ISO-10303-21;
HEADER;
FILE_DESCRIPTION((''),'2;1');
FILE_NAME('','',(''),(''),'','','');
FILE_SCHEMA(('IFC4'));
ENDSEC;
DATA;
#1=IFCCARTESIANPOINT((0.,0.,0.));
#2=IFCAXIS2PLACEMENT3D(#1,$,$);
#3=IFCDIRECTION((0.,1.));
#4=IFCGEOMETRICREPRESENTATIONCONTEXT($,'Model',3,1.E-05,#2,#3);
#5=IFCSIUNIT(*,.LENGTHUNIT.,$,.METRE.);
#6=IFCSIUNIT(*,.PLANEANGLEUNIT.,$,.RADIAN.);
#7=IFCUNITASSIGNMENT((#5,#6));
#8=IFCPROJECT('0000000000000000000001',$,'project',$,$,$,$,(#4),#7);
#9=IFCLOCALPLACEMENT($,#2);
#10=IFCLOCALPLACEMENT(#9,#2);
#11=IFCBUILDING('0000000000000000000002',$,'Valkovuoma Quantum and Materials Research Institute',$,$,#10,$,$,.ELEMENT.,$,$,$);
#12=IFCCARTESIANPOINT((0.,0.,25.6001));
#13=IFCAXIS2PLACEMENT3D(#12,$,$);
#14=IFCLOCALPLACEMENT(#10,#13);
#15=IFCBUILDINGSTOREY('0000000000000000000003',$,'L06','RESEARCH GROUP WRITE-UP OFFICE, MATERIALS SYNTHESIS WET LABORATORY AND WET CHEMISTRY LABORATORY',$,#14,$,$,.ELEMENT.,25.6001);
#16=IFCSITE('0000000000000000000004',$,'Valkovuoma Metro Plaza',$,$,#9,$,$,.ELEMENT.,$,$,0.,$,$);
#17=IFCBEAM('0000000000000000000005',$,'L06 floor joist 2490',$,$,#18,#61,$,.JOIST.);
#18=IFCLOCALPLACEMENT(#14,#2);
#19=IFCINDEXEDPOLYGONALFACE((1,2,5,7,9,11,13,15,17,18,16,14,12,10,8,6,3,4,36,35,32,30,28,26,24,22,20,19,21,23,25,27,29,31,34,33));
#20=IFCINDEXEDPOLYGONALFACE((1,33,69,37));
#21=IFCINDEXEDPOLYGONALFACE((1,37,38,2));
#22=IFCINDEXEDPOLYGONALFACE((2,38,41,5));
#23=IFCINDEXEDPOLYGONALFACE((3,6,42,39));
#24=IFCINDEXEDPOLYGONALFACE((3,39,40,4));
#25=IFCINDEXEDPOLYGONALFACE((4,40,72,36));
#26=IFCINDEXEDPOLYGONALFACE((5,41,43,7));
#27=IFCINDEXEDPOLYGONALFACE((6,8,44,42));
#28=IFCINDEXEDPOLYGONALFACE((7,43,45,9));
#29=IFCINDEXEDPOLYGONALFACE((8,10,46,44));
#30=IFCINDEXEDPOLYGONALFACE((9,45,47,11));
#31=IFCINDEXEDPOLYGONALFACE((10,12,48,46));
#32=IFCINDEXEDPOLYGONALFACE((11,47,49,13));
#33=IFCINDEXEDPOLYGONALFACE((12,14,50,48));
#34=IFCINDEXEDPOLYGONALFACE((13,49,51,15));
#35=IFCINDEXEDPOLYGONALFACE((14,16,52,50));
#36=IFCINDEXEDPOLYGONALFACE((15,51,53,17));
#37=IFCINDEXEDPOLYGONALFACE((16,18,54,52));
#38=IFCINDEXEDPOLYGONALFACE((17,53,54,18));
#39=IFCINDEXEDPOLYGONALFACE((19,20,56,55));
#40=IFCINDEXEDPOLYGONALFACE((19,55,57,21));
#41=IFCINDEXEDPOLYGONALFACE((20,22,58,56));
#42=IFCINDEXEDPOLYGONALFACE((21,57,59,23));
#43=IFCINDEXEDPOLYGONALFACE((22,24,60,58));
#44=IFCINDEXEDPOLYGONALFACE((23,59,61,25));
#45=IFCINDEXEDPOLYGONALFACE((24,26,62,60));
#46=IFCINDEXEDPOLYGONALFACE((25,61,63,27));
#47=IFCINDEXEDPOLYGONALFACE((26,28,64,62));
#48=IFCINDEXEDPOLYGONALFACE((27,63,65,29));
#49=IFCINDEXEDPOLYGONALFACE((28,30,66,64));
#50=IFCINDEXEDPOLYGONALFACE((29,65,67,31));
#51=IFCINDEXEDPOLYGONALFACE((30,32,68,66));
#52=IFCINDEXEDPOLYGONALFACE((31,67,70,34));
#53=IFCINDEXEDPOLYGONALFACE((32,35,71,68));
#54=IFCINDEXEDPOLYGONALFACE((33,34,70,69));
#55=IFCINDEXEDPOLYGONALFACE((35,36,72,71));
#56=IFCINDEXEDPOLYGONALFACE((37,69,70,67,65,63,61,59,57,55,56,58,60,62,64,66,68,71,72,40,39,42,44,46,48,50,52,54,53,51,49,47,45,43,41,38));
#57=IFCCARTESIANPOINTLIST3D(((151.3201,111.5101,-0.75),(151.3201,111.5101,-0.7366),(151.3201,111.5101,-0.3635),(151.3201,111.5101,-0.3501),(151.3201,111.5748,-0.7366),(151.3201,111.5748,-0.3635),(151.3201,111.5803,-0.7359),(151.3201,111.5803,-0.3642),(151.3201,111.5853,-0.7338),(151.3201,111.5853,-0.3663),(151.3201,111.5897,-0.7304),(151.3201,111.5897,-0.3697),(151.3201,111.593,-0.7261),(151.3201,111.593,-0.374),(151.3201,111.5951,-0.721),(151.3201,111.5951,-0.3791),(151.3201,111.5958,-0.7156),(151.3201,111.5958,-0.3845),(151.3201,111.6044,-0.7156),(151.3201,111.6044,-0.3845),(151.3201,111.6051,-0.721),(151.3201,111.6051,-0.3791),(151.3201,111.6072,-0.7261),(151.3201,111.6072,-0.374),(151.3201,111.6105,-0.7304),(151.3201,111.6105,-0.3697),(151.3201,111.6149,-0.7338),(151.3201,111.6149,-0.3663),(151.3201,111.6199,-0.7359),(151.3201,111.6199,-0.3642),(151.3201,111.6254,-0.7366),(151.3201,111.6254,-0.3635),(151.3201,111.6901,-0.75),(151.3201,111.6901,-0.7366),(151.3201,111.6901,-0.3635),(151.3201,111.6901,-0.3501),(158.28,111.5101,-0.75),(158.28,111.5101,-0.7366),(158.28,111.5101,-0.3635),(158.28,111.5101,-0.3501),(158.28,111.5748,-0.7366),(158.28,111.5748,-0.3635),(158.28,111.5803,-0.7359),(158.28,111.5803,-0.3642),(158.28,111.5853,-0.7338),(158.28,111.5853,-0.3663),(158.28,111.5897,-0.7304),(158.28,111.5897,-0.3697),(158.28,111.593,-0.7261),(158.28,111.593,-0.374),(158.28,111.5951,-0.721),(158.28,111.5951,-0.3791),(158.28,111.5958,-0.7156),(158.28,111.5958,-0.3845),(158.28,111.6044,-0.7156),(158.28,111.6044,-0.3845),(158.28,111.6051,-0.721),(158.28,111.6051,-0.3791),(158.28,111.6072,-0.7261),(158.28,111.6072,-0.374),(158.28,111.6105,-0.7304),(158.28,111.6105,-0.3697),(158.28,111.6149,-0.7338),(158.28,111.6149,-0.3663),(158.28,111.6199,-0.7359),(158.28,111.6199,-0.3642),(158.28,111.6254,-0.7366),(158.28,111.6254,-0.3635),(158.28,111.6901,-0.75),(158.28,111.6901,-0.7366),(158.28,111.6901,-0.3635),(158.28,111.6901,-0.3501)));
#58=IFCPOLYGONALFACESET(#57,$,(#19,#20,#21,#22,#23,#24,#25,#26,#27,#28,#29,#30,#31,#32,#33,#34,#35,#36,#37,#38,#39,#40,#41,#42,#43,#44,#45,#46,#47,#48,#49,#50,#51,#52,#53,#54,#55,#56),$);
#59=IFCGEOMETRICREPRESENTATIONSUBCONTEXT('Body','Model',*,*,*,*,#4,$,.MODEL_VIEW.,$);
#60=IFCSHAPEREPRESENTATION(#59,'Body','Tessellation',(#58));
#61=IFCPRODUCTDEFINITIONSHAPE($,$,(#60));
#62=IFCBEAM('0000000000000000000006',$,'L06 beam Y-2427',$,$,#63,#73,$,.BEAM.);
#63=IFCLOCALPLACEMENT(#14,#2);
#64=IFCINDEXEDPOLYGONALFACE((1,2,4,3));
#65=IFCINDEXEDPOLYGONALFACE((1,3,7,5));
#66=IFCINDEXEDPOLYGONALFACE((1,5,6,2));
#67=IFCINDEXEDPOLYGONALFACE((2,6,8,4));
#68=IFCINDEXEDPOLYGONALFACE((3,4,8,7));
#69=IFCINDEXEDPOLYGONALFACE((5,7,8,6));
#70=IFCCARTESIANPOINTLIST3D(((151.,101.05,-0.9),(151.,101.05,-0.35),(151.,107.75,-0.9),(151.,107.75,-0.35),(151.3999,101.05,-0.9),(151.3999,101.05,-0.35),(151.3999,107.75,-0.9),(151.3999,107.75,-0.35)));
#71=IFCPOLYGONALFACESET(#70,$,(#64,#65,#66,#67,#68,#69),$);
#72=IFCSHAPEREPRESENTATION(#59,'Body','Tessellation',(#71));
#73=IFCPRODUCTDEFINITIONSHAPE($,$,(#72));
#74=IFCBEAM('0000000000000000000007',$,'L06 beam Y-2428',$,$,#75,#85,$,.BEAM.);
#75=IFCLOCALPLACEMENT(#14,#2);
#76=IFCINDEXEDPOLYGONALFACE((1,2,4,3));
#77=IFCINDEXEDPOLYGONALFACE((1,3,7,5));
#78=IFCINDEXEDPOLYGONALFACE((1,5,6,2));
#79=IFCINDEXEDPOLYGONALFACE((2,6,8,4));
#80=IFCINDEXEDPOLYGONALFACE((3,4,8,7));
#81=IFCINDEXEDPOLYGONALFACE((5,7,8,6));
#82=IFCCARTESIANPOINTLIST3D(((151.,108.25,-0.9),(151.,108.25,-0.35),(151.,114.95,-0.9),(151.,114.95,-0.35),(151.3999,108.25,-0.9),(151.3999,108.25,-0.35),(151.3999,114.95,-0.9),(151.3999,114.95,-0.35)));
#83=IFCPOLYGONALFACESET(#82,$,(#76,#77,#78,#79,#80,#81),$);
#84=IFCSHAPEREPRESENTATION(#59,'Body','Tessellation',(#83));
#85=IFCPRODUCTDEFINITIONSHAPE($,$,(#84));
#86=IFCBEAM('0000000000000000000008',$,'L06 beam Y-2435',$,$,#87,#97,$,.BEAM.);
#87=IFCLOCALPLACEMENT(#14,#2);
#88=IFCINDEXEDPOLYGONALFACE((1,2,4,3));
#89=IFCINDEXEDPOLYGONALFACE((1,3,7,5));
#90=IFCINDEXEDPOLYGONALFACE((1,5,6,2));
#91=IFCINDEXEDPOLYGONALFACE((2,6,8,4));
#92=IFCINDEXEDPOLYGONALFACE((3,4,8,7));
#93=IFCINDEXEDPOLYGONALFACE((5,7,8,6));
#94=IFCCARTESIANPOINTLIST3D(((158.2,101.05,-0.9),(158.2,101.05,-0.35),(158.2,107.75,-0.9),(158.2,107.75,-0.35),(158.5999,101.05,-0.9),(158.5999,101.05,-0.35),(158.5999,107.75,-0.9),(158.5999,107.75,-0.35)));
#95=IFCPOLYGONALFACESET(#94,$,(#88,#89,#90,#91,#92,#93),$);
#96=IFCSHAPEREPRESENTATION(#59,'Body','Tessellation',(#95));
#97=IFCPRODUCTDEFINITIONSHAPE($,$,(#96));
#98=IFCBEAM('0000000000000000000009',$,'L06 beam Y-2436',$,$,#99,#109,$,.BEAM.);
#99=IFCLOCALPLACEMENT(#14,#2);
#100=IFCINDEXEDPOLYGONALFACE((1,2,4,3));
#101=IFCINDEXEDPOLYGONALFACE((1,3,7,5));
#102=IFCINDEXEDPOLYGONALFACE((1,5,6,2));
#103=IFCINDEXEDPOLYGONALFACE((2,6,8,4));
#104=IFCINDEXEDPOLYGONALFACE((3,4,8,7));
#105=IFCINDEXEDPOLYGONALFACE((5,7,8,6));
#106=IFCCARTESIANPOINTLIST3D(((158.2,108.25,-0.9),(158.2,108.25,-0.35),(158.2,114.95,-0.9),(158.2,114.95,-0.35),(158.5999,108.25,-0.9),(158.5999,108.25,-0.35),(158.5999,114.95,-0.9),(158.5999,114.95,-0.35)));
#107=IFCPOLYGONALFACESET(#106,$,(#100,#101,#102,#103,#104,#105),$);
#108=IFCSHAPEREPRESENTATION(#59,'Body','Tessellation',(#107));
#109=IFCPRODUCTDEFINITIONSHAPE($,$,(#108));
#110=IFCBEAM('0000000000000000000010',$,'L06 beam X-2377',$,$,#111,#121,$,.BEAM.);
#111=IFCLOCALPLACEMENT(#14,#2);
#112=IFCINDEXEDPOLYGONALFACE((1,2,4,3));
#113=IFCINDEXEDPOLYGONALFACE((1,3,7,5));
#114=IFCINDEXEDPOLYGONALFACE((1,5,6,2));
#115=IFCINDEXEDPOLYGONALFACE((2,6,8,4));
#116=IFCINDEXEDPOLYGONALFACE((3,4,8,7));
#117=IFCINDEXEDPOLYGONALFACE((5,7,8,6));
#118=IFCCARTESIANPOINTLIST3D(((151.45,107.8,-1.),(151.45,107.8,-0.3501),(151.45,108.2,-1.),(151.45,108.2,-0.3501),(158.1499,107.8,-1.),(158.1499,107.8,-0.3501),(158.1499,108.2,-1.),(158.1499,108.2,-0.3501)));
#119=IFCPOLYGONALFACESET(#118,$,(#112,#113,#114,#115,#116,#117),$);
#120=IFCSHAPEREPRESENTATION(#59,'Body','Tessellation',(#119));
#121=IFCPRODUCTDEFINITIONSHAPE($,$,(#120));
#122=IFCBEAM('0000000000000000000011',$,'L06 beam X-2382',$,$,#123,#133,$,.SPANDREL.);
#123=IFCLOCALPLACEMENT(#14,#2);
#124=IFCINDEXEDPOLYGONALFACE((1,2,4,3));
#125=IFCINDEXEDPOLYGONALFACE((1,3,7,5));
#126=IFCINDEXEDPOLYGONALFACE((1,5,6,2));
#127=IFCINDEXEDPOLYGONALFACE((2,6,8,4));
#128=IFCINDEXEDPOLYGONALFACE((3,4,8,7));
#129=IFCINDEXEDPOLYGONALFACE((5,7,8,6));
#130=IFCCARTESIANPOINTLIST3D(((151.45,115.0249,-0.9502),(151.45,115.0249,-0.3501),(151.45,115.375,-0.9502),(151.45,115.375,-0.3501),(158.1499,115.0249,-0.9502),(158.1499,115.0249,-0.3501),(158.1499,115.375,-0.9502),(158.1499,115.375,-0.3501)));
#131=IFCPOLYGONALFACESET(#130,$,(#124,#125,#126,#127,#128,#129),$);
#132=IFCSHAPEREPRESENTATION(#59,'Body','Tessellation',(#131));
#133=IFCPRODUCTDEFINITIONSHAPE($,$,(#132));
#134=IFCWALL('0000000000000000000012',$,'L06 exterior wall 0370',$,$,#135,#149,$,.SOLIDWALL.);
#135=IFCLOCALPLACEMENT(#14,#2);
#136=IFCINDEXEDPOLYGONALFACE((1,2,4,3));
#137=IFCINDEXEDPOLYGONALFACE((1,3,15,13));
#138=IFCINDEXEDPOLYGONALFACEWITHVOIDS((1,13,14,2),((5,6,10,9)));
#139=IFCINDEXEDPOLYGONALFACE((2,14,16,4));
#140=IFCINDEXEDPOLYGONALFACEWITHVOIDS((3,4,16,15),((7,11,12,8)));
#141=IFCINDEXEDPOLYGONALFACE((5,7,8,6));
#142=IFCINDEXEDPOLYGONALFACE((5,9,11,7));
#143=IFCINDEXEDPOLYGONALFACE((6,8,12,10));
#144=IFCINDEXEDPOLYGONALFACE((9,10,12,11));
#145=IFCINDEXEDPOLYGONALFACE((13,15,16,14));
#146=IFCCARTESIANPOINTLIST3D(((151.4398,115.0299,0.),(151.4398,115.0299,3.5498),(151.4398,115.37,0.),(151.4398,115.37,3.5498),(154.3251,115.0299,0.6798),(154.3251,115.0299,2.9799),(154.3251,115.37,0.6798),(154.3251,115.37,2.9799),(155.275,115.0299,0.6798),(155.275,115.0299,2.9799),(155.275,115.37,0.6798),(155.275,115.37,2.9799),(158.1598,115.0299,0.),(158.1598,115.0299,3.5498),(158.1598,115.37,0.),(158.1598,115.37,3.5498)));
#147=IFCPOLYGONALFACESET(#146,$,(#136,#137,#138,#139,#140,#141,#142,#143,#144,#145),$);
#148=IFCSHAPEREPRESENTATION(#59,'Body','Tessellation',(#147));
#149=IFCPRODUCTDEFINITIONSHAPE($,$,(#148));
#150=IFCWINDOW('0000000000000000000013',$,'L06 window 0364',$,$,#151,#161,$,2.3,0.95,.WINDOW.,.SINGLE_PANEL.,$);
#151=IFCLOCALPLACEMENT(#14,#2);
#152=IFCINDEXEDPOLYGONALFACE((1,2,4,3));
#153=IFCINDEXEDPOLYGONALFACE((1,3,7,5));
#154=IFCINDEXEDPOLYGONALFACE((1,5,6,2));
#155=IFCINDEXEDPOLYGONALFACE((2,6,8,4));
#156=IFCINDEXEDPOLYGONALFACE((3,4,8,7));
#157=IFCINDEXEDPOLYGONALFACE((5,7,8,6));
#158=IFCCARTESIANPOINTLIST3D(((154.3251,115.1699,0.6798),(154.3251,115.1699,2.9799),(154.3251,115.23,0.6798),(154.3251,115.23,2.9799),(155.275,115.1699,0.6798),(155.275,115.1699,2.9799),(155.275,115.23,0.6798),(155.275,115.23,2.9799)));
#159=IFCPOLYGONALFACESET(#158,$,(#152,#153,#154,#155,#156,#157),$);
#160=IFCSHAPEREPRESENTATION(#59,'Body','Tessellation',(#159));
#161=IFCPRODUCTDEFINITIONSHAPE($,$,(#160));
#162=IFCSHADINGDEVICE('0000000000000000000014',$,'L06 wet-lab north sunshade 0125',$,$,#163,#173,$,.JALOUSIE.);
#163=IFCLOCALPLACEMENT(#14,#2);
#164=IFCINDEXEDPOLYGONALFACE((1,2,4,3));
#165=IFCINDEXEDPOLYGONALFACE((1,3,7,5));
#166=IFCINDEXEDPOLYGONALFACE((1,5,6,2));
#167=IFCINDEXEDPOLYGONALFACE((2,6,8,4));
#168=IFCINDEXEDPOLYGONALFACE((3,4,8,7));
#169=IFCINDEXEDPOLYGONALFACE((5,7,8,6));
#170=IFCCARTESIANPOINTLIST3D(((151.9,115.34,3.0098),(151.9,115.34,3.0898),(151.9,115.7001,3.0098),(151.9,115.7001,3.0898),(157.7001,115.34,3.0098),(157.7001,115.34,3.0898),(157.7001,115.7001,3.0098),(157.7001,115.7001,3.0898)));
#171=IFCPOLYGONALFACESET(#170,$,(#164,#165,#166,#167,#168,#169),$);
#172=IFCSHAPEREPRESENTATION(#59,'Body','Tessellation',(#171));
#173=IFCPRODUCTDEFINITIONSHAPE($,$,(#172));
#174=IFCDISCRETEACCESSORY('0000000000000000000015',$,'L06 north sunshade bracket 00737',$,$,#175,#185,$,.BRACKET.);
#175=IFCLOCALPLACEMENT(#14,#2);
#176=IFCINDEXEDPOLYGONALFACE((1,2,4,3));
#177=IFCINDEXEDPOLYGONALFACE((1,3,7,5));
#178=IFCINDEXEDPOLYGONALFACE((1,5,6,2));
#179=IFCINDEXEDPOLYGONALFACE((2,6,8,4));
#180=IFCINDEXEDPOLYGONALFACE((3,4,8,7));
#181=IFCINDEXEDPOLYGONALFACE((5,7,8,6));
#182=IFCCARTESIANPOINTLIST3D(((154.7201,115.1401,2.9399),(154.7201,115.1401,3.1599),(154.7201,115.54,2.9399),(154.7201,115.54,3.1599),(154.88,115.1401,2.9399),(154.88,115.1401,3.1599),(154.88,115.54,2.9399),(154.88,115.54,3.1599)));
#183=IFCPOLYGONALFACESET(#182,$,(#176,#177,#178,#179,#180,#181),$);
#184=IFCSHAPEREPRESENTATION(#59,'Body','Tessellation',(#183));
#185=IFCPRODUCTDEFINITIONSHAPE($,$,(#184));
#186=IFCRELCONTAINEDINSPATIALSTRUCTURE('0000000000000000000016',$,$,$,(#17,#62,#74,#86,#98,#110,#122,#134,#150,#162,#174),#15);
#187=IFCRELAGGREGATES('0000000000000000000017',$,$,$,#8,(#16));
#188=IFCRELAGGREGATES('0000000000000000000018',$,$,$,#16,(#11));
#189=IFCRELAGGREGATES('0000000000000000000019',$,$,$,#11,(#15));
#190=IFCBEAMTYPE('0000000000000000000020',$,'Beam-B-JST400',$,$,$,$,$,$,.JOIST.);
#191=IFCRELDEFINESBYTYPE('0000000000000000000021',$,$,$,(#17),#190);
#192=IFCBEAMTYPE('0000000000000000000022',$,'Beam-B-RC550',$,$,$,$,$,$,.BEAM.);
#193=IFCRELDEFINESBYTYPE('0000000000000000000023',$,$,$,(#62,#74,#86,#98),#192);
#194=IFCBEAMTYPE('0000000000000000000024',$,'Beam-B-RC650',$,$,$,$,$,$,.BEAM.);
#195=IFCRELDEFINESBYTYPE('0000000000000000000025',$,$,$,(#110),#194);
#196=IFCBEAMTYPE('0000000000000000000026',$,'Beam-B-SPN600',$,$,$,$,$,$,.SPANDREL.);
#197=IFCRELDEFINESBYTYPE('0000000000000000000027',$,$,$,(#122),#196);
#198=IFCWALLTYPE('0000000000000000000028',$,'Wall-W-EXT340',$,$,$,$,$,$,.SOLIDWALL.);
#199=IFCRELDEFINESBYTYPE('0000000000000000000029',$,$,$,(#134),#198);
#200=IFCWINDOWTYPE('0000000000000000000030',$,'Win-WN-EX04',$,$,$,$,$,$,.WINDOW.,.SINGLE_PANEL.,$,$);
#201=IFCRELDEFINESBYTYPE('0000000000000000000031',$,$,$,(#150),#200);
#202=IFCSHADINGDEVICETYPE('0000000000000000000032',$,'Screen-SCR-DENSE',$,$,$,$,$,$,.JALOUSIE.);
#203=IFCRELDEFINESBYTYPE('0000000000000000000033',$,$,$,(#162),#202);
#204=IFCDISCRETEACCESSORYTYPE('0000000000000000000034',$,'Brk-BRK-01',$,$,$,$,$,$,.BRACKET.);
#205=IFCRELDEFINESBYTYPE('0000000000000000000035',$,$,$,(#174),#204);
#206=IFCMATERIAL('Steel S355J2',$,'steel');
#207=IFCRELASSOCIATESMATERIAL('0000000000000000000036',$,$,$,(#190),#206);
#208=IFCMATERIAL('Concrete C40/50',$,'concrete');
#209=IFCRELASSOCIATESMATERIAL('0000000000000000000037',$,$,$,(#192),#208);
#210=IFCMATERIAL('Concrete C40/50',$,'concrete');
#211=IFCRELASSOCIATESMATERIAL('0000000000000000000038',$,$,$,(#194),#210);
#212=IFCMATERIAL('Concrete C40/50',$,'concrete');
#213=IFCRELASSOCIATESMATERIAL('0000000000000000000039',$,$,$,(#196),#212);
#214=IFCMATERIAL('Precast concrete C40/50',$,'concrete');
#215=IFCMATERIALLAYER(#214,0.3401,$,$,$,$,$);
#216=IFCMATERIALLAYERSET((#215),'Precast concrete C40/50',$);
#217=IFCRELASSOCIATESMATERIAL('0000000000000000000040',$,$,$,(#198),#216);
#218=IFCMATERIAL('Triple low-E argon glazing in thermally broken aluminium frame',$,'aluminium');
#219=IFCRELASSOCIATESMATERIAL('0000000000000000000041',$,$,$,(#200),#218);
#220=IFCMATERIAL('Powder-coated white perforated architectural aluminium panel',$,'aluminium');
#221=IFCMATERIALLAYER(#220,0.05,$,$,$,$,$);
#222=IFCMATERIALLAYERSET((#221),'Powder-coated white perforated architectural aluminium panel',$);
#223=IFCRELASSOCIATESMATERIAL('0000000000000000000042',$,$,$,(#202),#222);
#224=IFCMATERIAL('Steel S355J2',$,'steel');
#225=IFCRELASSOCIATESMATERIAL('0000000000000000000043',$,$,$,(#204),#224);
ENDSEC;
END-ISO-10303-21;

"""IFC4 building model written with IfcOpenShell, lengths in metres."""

from ifc_helpers import new_model, si_unit, direction, frame, frame_2d, origin, origin_2d, place, context, subcontext, project, spatial, rectangle, i_section, extrude, material, layer, layer_set, material_profile, profile_set, type_object, element, fill, save


model = new_model("IFC4")

# Units and contexts
model_context = context("Model", 3, precision=1e-05, world=origin(), true_north=direction((0.0, 1.0)))
body_context = subcontext(model_context, "Body", "Model", "MODEL_VIEW")
ifc_project = project(units=[si_unit("LENGTHUNIT", "METRE"), si_unit("PLANEANGLEUNIT", "RADIAN")], contexts=[model_context])

# Site, building, storey
site_placement = place(None, origin())
site = spatial("IfcSite", under=ifc_project, at=site_placement, Name="Valkovuoma Metro Plaza", CompositionType="ELEMENT", RefElevation=0.0)
building_placement = place(site_placement, origin())
building = spatial("IfcBuilding", under=site, at=building_placement, Name="Valkovuoma Quantum and Materials Research Institute", CompositionType="ELEMENT")
storey_placement = place(building_placement, frame((0.0, 0.0, 25.6001)))
storey = spatial("IfcBuildingStorey", under=building, at=storey_placement, Name="L06", Description="RESEARCH GROUP WRITE-UP OFFICE, MATERIALS SYNTHESIS WET LABORATORY AND WET CHEMISTRY LABORATORY", CompositionType="ELEMENT", Elevation=25.6001)

# Beams
ifc_material_1 = material(Name="Steel S355J2", Category="steel")
ifc_material_profile_1 = material_profile(ifc_material_1, i_section(OverallWidth=0.1799, OverallDepth=0.3999, WebThickness=0.0085, FlangeThickness=0.0134, FilletRadius=0.021, at=origin_2d()), Name="Steel S355J2")
ifc_profile_set_1 = profile_set([ifc_material_profile_1], Name="Steel S355J2")
beam_type_1 = type_object("IfcBeamType", Name="Beam-B-JST400", PredefinedType="JOIST", material=ifc_profile_set_1)
for number, where, z_axis, x_axis, name in (
    (1, (151.3201, 111.6001, -0.55), (1.0, 0.0, 0.0), (0.0, 1.0, 0.0), "L06 floor joist 2490"),
):
    element("IfcBeam", number, at=place(storey_placement, frame(where, z_axis=z_axis, x_axis=x_axis)), inside=storey, type_object=beam_type_1, Name=name, PredefinedType="JOIST", context=body_context, shape_type="SweptSolid", body=[
        extrude(i_section(OverallWidth=0.1799, OverallDepth=0.3999, WebThickness=0.0085, FlangeThickness=0.0134, FilletRadius=0.021, at=origin_2d()), origin(), (0.0, 0.0, 1.0), 6.96),
    ])
ifc_material_2 = material(Name="Concrete C40/50", Category="concrete")
ifc_material_profile_2 = material_profile(ifc_material_2, rectangle(XDim=0.3999, YDim=0.55, at=origin_2d()), Name="Concrete C40/50")
ifc_profile_set_2 = profile_set([ifc_material_profile_2], Name="Concrete C40/50")
beam_type_2 = type_object("IfcBeamType", Name="Beam-B-RC550", PredefinedType="BEAM", material=ifc_profile_set_2)
for number, where, z_axis, x_axis, name in (
    (2, (151.2, 101.05, -0.625), (0.0, 1.0, 0.0), (-1.0, 0.0, 0.0), "L06 beam Y-2427"),
    (3, (151.2, 108.25, -0.625), (0.0, 1.0, 0.0), (-1.0, 0.0, 0.0), "L06 beam Y-2428"),
    (4, (158.3999, 101.05, -0.625), (0.0, 1.0, 0.0), (-1.0, 0.0, 0.0), "L06 beam Y-2435"),
    (5, (158.3999, 108.25, -0.625), (0.0, 1.0, 0.0), (-1.0, 0.0, 0.0), "L06 beam Y-2436"),
):
    element("IfcBeam", number, at=place(storey_placement, frame(where, z_axis=z_axis, x_axis=x_axis)), inside=storey, type_object=beam_type_2, Name=name, PredefinedType="BEAM", context=body_context, shape_type="SweptSolid", body=[
        extrude(rectangle(XDim=0.3999, YDim=0.55, at=origin_2d()), origin(), (0.0, 0.0, 1.0), 6.7),
    ])
ifc_material_3 = material(Name="Concrete C40/50", Category="concrete")
ifc_material_profile_3 = material_profile(ifc_material_3, rectangle(XDim=0.3999, YDim=0.6499, at=origin_2d()), Name="Concrete C40/50")
ifc_profile_set_3 = profile_set([ifc_material_profile_3], Name="Concrete C40/50")
beam_type_3 = type_object("IfcBeamType", Name="Beam-B-RC650", PredefinedType="BEAM", material=ifc_profile_set_3)
beam_1_placement = place(storey_placement, frame((151.45, 108.0, -0.675), z_axis=(1.0, 0.0, 0.0), x_axis=(0.0, 1.0, 0.0)))
element("IfcBeam", 6, at=beam_1_placement, inside=storey, type_object=beam_type_3, Name="L06 beam X-2377", PredefinedType="BEAM", context=body_context, shape_type="SweptSolid", body=[
    extrude(rectangle(XDim=0.3999, YDim=0.6499, at=origin_2d()), origin(), (0.0, 0.0, 1.0), 6.7),
])
ifc_material_4 = material(Name="Concrete C40/50", Category="concrete")
ifc_material_profile_4 = material_profile(ifc_material_4, rectangle(XDim=0.3501, YDim=0.6001, at=origin_2d()), Name="Concrete C40/50")
ifc_profile_set_4 = profile_set([ifc_material_profile_4], Name="Concrete C40/50")
beam_type_4 = type_object("IfcBeamType", Name="Beam-B-SPN600", PredefinedType="SPANDREL", material=ifc_profile_set_4)
beam_2_placement = place(storey_placement, frame((151.45, 115.2, -0.6501), z_axis=(1.0, 0.0, 0.0), x_axis=(0.0, 1.0, 0.0)))
element("IfcBeam", 7, at=beam_2_placement, inside=storey, type_object=beam_type_4, Name="L06 beam X-2382", PredefinedType="SPANDREL", context=body_context, shape_type="SweptSolid", body=[
    extrude(rectangle(XDim=0.3501, YDim=0.6001, at=origin_2d()), origin(), (0.0, 0.0, 1.0), 6.7),
])

# Wall, opening, window
ifc_material_5 = material(Name="Precast concrete C40/50", Category="concrete")
ifc_layer_1 = layer(ifc_material_5, 0.3401)
ifc_layer_set_1 = layer_set([ifc_layer_1], Name="Precast concrete C40/50")
wall_type = type_object("IfcWallType", Name="Wall-W-EXT340", PredefinedType="SOLIDWALL", material=ifc_layer_set_1)
wall_placement = place(storey_placement, frame((151.4399, 115.2, 0.0), z_axis=(0.0, 0.0, 1.0), x_axis=(1.0, 0.0, 0.0)))
wall = element("IfcWall", 8, at=wall_placement, inside=storey, type_object=wall_type, Name="L06 exterior wall 0370", PredefinedType="SOLIDWALL", context=body_context, shape_type="SweptSolid", body=[
    extrude(rectangle(XDim=6.72, YDim=0.3401, at=frame_2d((3.3599, 0.0))), origin(), (0.0, 0.0, 1.0), 3.5498),
])
opening_placement = place(wall_placement, frame((2.885, 0.0, 0.6799)))
opening = element("IfcOpeningElement", 9, at=opening_placement, cuts=wall, PredefinedType="OPENING", context=body_context, shape_type="SweptSolid", body=[
    extrude(rectangle(XDim=0.95, YDim=2.3, at=frame_2d((0.4751, 1.1499))), frame((0.0, 0.1802, 0.0), z_axis=(0.0, -1.0, 0.0), x_axis=(1.0, 0.0, 0.0)), (0.0, 0.0, 1.0), 0.3601),
])
ifc_material_6 = material(Name="Triple low-E argon glazing in thermally broken aluminium frame", Category="aluminium")
window_type = type_object("IfcWindowType", Name="Win-WN-EX04", PartitioningType="SINGLE_PANEL", PredefinedType="WINDOW", material=ifc_material_6)
window_placement = place(opening_placement, origin())
window = element("IfcWindow", 10, at=window_placement, inside=storey, type_object=window_type, Name="L06 window 0364", OverallHeight=2.3, OverallWidth=0.95, PartitioningType="SINGLE_PANEL", PredefinedType="WINDOW", context=body_context, shape_type="SweptSolid", body=[
    extrude(rectangle(XDim=0.95, YDim=2.3, at=frame_2d((0.4751, 1.1499))), frame((0.0, 0.03, 0.0), z_axis=(0.0, -1.0, 0.0), x_axis=(1.0, 0.0, 0.0)), (0.0, 0.0, 1.0), 0.0601),
])
fill(opening, window)

# Shading device
ifc_material_7 = material(Name="Powder-coated white perforated architectural aluminium panel", Category="aluminium")
ifc_layer_2 = layer(ifc_material_7, 0.05)
ifc_layer_set_2 = layer_set([ifc_layer_2], Name="Powder-coated white perforated architectural aluminium panel")
shading_device_type = type_object("IfcShadingDeviceType", Name="Screen-SCR-DENSE", PredefinedType="JALOUSIE", material=ifc_layer_set_2)
shading_device_placement = place(storey_placement, frame((154.8, 115.52, 3.0098), z_axis=(0.0, 0.0, 1.0), x_axis=(1.0, 0.0, 0.0)))
element("IfcShadingDevice", 11, at=shading_device_placement, inside=storey, type_object=shading_device_type, Name="L06 wet-lab north sunshade 0125", PredefinedType="JALOUSIE", context=body_context, shape_type="SweptSolid", body=[
    extrude(rectangle(XDim=5.8, YDim=0.3601, at=origin_2d()), origin(), (0.0, 0.0, 1.0), 0.0801),
])

# Discrete accessory
ifc_material_8 = material(Name="Steel S355J2", Category="steel")
discrete_accessory_type = type_object("IfcDiscreteAccessoryType", Name="Brk-BRK-01", PredefinedType="BRACKET", material=ifc_material_8)
discrete_accessory_placement = place(storey_placement, frame((154.8, 115.3401, 2.9399), z_axis=(0.0, 0.0, 1.0), x_axis=(1.0, 0.0, 0.0)))
element("IfcDiscreteAccessory", 12, at=discrete_accessory_placement, inside=storey, type_object=discrete_accessory_type, Name="L06 north sunshade bracket 00737", PredefinedType="BRACKET", context=body_context, shape_type="SweptSolid", body=[
    extrude(rectangle(XDim=0.1599, YDim=0.3999, at=origin_2d()), origin(), (0.0, 0.0, 1.0), 0.22),
])

save(model, "model.ifc")
